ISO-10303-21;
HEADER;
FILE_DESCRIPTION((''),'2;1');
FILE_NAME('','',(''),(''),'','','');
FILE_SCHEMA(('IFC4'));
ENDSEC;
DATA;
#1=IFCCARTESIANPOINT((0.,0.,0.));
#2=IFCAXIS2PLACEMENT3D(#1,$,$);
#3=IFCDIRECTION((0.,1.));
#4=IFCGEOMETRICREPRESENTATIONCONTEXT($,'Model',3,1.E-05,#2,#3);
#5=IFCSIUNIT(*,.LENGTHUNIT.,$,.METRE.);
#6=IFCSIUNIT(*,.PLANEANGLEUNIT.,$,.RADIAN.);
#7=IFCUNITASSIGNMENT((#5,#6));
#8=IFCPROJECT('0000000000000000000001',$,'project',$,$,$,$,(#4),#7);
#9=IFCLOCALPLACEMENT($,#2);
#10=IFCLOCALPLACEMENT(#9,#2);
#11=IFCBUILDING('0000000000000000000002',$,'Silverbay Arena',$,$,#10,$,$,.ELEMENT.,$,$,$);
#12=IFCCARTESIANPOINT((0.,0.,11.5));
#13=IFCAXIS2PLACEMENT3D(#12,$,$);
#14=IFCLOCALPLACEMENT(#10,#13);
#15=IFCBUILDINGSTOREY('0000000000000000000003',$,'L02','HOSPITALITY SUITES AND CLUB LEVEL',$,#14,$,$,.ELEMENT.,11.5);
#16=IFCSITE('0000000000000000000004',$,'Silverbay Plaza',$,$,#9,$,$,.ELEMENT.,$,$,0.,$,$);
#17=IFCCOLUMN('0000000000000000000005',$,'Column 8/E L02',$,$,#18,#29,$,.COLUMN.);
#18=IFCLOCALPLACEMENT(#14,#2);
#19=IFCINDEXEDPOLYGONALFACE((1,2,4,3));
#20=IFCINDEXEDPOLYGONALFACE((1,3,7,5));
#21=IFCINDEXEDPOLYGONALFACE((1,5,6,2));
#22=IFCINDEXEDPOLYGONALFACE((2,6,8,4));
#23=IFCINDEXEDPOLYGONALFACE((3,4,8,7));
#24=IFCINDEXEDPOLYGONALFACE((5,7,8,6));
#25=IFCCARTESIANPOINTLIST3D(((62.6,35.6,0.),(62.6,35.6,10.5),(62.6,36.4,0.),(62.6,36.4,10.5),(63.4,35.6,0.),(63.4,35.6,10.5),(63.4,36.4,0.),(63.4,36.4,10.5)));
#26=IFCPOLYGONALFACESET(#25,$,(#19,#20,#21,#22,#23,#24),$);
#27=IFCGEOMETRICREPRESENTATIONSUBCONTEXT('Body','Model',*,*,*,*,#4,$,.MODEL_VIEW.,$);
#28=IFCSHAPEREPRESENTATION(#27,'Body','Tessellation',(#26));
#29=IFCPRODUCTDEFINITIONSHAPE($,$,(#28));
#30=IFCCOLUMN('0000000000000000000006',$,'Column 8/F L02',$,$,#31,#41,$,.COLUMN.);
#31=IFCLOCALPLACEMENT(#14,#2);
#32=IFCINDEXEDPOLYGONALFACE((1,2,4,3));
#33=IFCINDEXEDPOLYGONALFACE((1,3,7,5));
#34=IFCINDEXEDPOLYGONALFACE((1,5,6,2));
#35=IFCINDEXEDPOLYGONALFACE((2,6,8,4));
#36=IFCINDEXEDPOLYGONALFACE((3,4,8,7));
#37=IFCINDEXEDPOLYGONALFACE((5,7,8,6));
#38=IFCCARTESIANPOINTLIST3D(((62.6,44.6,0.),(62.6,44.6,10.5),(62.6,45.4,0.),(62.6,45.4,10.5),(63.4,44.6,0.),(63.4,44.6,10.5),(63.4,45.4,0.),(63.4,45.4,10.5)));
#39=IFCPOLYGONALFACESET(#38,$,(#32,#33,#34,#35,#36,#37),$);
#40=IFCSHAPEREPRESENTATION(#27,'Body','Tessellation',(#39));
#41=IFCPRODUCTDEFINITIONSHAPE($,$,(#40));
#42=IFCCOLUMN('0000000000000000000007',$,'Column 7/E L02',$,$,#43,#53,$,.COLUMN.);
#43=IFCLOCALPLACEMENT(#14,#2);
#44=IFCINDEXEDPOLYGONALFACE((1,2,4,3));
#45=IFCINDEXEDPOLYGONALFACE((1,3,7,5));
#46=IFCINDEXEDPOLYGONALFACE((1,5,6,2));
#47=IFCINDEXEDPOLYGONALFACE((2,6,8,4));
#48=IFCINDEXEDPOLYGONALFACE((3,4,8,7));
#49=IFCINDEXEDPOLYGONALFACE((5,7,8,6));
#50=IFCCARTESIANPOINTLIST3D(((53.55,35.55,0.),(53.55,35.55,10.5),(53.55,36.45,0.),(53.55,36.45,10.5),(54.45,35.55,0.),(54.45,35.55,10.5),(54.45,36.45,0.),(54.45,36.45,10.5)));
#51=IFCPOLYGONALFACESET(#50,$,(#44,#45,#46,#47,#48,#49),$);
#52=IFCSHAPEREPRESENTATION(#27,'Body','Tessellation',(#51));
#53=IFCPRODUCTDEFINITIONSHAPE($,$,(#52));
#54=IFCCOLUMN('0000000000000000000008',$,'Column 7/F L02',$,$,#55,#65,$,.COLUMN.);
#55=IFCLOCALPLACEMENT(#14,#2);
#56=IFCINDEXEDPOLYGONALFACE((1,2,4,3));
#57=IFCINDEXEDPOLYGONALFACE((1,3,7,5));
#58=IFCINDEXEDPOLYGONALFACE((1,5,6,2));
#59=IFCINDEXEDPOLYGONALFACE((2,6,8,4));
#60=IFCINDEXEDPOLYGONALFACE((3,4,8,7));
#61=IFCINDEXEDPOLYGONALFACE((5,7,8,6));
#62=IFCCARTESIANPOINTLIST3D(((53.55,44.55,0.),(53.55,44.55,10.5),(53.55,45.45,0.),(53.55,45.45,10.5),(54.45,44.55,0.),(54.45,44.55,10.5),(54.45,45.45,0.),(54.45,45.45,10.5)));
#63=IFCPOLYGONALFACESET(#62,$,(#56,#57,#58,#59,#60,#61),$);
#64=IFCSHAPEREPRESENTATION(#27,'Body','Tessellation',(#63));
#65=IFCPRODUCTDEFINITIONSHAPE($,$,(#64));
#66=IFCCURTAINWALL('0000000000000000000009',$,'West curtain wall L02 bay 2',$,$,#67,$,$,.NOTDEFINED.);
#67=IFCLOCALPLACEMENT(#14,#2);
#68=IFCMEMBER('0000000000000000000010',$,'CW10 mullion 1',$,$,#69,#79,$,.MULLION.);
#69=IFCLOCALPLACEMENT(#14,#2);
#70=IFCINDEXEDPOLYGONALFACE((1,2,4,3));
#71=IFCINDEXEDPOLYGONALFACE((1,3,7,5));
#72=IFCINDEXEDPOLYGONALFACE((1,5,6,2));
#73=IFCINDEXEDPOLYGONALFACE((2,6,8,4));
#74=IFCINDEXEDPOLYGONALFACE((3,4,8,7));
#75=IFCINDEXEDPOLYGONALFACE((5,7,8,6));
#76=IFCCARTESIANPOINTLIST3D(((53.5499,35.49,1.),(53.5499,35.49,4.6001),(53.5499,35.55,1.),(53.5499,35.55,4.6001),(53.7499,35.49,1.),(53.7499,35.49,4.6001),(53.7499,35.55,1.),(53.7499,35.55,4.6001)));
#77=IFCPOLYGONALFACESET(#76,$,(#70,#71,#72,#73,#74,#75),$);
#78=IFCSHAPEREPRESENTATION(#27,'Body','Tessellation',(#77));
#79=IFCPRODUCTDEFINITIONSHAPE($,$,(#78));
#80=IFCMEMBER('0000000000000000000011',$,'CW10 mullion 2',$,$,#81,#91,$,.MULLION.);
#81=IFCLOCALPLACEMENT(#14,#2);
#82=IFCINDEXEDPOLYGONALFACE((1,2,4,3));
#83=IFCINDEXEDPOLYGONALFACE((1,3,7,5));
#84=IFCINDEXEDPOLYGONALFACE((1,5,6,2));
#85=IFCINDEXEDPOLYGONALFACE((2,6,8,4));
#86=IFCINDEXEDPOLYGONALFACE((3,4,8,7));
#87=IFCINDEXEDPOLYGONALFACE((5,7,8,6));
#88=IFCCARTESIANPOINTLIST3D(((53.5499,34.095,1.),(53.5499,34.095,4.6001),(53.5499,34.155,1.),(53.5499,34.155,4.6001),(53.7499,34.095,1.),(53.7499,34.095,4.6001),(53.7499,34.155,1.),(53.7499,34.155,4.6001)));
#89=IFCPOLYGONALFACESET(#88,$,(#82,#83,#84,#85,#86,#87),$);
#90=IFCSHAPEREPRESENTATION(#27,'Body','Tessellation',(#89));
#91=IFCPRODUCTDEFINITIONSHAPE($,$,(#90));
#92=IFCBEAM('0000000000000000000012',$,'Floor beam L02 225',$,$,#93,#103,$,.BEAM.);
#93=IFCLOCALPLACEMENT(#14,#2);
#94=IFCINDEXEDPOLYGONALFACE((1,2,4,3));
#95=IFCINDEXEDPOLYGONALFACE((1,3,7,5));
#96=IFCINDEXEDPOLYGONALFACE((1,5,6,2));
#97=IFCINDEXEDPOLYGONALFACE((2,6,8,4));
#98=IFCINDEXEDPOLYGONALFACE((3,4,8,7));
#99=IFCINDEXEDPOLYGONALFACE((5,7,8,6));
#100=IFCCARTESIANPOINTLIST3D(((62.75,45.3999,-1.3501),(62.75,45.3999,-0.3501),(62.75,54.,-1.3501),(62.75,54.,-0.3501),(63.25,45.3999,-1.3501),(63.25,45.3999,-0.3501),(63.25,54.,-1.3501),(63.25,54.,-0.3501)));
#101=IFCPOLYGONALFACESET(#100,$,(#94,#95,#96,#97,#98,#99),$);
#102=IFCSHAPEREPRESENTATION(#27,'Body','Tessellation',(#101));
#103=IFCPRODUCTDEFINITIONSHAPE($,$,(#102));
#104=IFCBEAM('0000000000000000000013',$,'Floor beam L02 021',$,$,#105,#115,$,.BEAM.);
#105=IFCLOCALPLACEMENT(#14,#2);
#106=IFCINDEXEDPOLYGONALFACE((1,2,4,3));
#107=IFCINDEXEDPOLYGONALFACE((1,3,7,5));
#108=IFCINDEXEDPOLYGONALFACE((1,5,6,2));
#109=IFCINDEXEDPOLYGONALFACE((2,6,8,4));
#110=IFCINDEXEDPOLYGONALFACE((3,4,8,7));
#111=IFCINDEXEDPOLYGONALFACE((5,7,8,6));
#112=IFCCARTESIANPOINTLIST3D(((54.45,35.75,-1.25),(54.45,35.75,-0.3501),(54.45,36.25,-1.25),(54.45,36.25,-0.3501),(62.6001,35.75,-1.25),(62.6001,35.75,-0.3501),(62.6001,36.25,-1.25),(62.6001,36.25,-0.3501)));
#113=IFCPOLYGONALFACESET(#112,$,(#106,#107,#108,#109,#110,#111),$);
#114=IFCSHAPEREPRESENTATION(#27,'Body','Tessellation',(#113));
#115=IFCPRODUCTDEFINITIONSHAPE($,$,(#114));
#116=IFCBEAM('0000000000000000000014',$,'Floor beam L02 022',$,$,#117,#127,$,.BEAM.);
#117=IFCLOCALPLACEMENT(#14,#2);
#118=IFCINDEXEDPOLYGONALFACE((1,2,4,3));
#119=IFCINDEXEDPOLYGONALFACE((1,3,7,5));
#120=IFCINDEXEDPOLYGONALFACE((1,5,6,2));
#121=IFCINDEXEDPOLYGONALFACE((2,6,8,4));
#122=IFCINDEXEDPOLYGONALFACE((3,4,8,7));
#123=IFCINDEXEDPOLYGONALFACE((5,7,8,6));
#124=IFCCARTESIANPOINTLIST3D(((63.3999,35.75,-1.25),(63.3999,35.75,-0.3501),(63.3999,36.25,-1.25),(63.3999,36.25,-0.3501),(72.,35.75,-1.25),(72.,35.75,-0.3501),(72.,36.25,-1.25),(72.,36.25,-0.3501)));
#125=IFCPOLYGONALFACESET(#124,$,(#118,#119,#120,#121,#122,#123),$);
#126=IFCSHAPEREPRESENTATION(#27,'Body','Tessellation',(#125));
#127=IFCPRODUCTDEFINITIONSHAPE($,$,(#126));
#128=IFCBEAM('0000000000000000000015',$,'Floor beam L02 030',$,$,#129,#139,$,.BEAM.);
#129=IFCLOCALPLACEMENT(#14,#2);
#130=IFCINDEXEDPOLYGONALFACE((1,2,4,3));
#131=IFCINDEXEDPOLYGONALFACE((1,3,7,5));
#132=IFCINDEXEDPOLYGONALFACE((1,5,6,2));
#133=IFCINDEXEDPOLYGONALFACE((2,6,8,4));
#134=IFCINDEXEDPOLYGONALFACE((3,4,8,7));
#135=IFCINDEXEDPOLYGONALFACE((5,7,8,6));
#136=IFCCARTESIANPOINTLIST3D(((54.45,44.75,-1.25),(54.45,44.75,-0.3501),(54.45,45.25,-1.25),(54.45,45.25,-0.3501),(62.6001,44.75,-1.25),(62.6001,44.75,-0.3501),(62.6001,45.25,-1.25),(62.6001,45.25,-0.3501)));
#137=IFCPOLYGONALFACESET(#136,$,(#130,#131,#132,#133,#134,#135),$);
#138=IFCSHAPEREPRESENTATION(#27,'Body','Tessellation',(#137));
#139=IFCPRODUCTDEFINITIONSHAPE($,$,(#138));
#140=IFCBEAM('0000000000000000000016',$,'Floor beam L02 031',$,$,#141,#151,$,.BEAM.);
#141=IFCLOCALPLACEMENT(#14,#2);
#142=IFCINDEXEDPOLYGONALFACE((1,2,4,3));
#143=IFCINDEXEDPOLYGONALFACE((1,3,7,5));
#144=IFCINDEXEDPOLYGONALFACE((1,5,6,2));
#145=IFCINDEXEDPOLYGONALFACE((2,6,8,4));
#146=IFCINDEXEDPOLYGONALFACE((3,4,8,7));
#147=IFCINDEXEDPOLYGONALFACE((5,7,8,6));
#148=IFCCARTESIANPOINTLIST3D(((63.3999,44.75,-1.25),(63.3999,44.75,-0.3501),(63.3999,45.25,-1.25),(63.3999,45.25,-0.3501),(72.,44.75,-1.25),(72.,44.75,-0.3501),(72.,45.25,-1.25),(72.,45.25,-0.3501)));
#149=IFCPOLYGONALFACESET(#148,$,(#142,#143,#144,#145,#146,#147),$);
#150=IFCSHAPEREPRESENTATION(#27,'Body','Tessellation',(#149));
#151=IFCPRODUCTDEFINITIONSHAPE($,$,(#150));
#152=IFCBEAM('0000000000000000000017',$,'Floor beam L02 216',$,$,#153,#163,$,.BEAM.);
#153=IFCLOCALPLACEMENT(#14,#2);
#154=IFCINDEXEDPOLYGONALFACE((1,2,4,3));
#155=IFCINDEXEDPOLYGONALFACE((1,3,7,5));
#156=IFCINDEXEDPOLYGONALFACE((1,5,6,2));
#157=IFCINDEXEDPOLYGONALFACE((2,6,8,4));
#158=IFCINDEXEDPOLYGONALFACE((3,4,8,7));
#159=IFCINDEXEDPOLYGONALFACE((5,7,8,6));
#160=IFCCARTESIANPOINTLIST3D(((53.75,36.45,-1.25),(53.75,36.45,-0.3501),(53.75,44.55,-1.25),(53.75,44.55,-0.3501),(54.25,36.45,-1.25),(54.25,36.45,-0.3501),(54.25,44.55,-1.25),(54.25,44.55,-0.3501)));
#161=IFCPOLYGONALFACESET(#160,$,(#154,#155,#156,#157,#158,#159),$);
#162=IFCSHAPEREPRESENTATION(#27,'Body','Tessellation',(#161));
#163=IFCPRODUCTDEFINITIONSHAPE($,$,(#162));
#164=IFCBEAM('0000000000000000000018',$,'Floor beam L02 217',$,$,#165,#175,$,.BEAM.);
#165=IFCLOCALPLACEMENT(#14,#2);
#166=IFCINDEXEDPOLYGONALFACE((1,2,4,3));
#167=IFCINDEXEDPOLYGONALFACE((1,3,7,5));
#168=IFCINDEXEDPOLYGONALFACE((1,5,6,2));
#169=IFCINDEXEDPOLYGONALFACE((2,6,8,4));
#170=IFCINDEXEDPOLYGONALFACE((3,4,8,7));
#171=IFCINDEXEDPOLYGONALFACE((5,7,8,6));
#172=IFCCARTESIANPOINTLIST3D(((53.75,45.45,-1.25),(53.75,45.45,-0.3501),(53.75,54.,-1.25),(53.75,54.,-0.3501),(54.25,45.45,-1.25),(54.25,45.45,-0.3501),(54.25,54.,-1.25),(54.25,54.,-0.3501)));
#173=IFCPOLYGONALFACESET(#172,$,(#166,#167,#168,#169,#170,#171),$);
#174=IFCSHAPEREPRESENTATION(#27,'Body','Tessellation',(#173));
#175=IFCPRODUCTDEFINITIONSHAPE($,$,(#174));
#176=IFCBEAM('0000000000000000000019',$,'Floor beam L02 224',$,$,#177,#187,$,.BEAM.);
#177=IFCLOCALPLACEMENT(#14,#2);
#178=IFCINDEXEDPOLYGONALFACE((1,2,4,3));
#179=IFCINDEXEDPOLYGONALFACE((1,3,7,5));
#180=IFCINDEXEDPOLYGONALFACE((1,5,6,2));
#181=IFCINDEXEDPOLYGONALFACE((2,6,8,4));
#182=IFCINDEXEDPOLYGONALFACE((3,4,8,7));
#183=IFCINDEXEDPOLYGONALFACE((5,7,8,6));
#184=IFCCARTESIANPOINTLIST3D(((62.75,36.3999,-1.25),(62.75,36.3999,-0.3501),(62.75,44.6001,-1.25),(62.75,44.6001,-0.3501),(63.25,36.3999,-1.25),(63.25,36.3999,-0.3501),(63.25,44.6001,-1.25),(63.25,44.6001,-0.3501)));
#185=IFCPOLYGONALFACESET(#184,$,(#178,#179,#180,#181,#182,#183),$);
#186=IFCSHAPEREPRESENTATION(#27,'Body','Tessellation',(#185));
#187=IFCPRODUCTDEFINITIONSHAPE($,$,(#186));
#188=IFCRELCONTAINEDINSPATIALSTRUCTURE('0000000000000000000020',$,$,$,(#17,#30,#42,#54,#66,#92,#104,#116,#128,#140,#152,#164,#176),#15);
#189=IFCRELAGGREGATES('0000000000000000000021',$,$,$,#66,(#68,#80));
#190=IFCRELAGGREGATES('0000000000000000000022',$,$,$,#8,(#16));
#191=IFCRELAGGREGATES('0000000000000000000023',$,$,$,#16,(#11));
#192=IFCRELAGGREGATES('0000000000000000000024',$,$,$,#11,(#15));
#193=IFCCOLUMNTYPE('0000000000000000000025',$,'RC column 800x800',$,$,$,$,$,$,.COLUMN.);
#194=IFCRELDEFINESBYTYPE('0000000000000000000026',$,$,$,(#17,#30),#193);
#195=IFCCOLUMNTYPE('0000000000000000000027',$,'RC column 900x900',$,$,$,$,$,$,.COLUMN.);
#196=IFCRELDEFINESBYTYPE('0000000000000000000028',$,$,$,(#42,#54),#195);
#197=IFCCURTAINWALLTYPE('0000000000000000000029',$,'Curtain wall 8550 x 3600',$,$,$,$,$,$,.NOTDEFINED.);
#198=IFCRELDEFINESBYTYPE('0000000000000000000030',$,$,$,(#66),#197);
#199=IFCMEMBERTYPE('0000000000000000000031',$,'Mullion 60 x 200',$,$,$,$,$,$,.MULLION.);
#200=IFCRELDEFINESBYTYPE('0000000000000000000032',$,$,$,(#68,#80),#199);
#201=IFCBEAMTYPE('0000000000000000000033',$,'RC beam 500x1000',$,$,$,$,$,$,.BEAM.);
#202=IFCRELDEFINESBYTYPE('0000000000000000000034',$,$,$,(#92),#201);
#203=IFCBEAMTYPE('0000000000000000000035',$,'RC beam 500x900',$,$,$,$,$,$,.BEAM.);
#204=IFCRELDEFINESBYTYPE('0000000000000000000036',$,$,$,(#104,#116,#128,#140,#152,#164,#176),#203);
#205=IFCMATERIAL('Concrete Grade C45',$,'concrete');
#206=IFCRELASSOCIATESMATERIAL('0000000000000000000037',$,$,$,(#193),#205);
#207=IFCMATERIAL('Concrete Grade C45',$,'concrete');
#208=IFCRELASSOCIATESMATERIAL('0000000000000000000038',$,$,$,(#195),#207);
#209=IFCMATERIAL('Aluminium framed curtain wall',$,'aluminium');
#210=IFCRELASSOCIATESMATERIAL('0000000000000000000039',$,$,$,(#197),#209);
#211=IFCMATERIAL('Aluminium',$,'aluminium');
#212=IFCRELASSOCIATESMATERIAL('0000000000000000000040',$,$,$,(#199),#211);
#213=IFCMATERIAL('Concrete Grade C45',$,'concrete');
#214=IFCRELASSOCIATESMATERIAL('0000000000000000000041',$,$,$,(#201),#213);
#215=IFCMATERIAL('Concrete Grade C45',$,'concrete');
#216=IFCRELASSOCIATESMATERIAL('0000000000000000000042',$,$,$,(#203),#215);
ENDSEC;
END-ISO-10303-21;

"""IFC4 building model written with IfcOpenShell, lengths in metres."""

from ifc_helpers import new_model, si_unit, direction, frame, origin, origin_2d, place, context, subcontext, project, spatial, rectangle, extrude, material, material_profile, profile_set, type_object, element, aggregate, save


model = new_model("IFC4")

# Units and contexts
model_context = context("Model", 3, precision=1e-05, world=origin(), true_north=direction((0.0, 1.0)))
body_context = subcontext(model_context, "Body", "Model", "MODEL_VIEW")
ifc_project = project(units=[si_unit("LENGTHUNIT", "METRE"), si_unit("PLANEANGLEUNIT", "RADIAN")], contexts=[model_context])

# Site, building, storey
site_placement = place(None, origin())
site = spatial("IfcSite", under=ifc_project, at=site_placement, Name="Silverbay Plaza", CompositionType="ELEMENT", RefElevation=0.0)
building_placement = place(site_placement, origin())
building = spatial("IfcBuilding", under=site, at=building_placement, Name="Silverbay Arena", CompositionType="ELEMENT")
storey_placement = place(building_placement, frame((0.0, 0.0, 11.5)))
storey = spatial("IfcBuildingStorey", under=building, at=storey_placement, Name="L02", Description="HOSPITALITY SUITES AND CLUB LEVEL", CompositionType="ELEMENT", Elevation=11.5)

# Columns
ifc_material_1 = material(Name="Concrete Grade C45", Category="concrete")
ifc_material_profile_1 = material_profile(ifc_material_1, rectangle(XDim=0.8, YDim=0.8, at=origin_2d()), Name="RC 800x800")
ifc_profile_set_1 = profile_set([ifc_material_profile_1], Name="Concrete Grade C45")
column_type_1 = type_object("IfcColumnType", Name="RC column 800x800", PredefinedType="COLUMN", material=ifc_profile_set_1)
for number, where, z_axis, x_axis, name in (
    (1, (63.0, 36.0, 0.0), (0.0, 0.0, 1.0), (1.0, 0.0, 0.0), "Column 8/E L02"),
    (2, (63.0, 45.0, 0.0), (0.0, 0.0, 1.0), (1.0, 0.0, 0.0), "Column 8/F L02"),
):
    element("IfcColumn", number, at=place(storey_placement, frame(where, z_axis=z_axis, x_axis=x_axis)), inside=storey, type_object=column_type_1, Name=name, PredefinedType="COLUMN", context=body_context, shape_type="SweptSolid", body=[
        extrude(rectangle(XDim=0.8, YDim=0.8, at=origin_2d()), origin(), (0.0, 0.0, 1.0), 10.5),
    ])
ifc_material_2 = material(Name="Concrete Grade C45", Category="concrete")
ifc_material_profile_2 = material_profile(ifc_material_2, rectangle(XDim=0.8999, YDim=0.8999, at=origin_2d()), Name="RC 900x900")
ifc_profile_set_2 = profile_set([ifc_material_profile_2], Name="Concrete Grade C45")
column_type_2 = type_object("IfcColumnType", Name="RC column 900x900", PredefinedType="COLUMN", material=ifc_profile_set_2)
for number, where, z_axis, x_axis, name in (
    (3, (54.0, 36.0, 0.0), (0.0, 0.0, 1.0), (1.0, 0.0, 0.0), "Column 7/E L02"),
    (4, (54.0, 45.0, 0.0), (0.0, 0.0, 1.0), (1.0, 0.0, 0.0), "Column 7/F L02"),
):
    element("IfcColumn", number, at=place(storey_placement, frame(where, z_axis=z_axis, x_axis=x_axis)), inside=storey, type_object=column_type_2, Name=name, PredefinedType="COLUMN", context=body_context, shape_type="SweptSolid", body=[
        extrude(rectangle(XDim=0.8999, YDim=0.8999, at=origin_2d()), origin(), (0.0, 0.0, 1.0), 10.5),
    ])

# Curtain wall, members
ifc_material_3 = material(Name="Aluminium framed curtain wall", Category="aluminium")
curtain_wall_type = type_object("IfcCurtainWallType", Name="Curtain wall 8550 x 3600", PredefinedType="NOTDEFINED", material=ifc_material_3)
curtain_wall_placement = place(storey_placement, origin())
curtain_wall = element("IfcCurtainWall", 5, at=curtain_wall_placement, inside=storey, type_object=curtain_wall_type, Name="West curtain wall L02 bay 2", PredefinedType="NOTDEFINED")
ifc_material_4 = material(Name="Aluminium", Category="aluminium")
ifc_material_profile_3 = material_profile(ifc_material_4, rectangle(XDim=0.2, YDim=0.0601, at=origin_2d()), Name="Mullion 60 x 200")
ifc_profile_set_3 = profile_set([ifc_material_profile_3], Name="Aluminium")
member_type_1 = type_object("IfcMemberType", Name="Mullion 60 x 200", PredefinedType="MULLION", material=ifc_profile_set_3)
member_1_placement = place(storey_placement, frame((53.6499, 35.52, 1.0), z_axis=(0.0, 0.0, 1.0), x_axis=(1.0, 0.0, 0.0)))
member_1 = element("IfcMember", 6, at=member_1_placement, type_object=member_type_1, Name="CW10 mullion 1", PredefinedType="MULLION", context=body_context, shape_type="SweptSolid", body=[
    extrude(rectangle(XDim=0.2, YDim=0.0601, at=origin_2d()), origin(), (0.0, 0.0, 1.0), 3.6001),
])
member_2_placement = place(storey_placement, frame((53.6499, 34.125, 1.0), z_axis=(0.0, 0.0, 1.0), x_axis=(1.0, 0.0, 0.0)))
member_2 = element("IfcMember", 7, at=member_2_placement, type_object=member_type_1, Name="CW10 mullion 2", PredefinedType="MULLION", context=body_context, shape_type="SweptSolid", body=[
    extrude(rectangle(XDim=0.2, YDim=0.0601, at=origin_2d()), origin(), (0.0, 0.0, 1.0), 3.6001),
])

# Beams
ifc_material_5 = material(Name="Concrete Grade C45", Category="concrete")
ifc_material_profile_4 = material_profile(ifc_material_5, rectangle(XDim=0.5, YDim=1.0, at=origin_2d()), Name="RC 500x1000")
ifc_profile_set_4 = profile_set([ifc_material_profile_4], Name="Concrete Grade C45")
beam_type_1 = type_object("IfcBeamType", Name="RC beam 500x1000", PredefinedType="BEAM", material=ifc_profile_set_4)
beam_1_placement = place(storey_placement, frame((63.0, 45.3999, -0.8501), z_axis=(0.0, 1.0, 0.0), x_axis=(-1.0, 0.0, 0.0)))
element("IfcBeam", 8, at=beam_1_placement, inside=storey, type_object=beam_type_1, Name="Floor beam L02 225", PredefinedType="BEAM", context=body_context, shape_type="SweptSolid", body=[
    extrude(rectangle(XDim=0.5, YDim=1.0, at=origin_2d()), origin(), (0.0, 0.0, 1.0), 8.6001),
])
ifc_material_6 = material(Name="Concrete Grade C45", Category="concrete")
ifc_material_profile_5 = material_profile(ifc_material_6, rectangle(XDim=0.5, YDim=0.8999, at=origin_2d()), Name="RC 500x900")
ifc_profile_set_5 = profile_set([ifc_material_profile_5], Name="Concrete Grade C45")
beam_type_2 = type_object("IfcBeamType", Name="RC beam 500x900", PredefinedType="BEAM", material=ifc_profile_set_5)
beam_2_placement = place(storey_placement, frame((54.45, 36.0, -0.8), z_axis=(1.0, 0.0, 0.0), x_axis=(0.0, 1.0, 0.0)))
element("IfcBeam", 9, at=beam_2_placement, inside=storey, type_object=beam_type_2, Name="Floor beam L02 021", PredefinedType="BEAM", context=body_context, shape_type="SweptSolid", body=[
    extrude(rectangle(XDim=0.5, YDim=0.8999, at=origin_2d()), origin(), (0.0, 0.0, 1.0), 8.1501),
])
beam_3_placement = place(storey_placement, frame((63.3999, 36.0, -0.8), z_axis=(1.0, 0.0, 0.0), x_axis=(0.0, 1.0, 0.0)))
element("IfcBeam", 10, at=beam_3_placement, inside=storey, type_object=beam_type_2, Name="Floor beam L02 022", PredefinedType="BEAM", context=body_context, shape_type="SweptSolid", body=[
    extrude(rectangle(XDim=0.5, YDim=0.8999, at=origin_2d()), origin(), (0.0, 0.0, 1.0), 8.6001),
])
beam_4_placement = place(storey_placement, frame((54.45, 45.0, -0.8), z_axis=(1.0, 0.0, 0.0), x_axis=(0.0, 1.0, 0.0)))
element("IfcBeam", 11, at=beam_4_placement, inside=storey, type_object=beam_type_2, Name="Floor beam L02 030", PredefinedType="BEAM", context=body_context, shape_type="SweptSolid", body=[
    extrude(rectangle(XDim=0.5, YDim=0.8999, at=origin_2d()), origin(), (0.0, 0.0, 1.0), 8.1501),
])
beam_5_placement = place(storey_placement, frame((63.3999, 45.0, -0.8), z_axis=(1.0, 0.0, 0.0), x_axis=(0.0, 1.0, 0.0)))
element("IfcBeam", 12, at=beam_5_placement, inside=storey, type_object=beam_type_2, Name="Floor beam L02 031", PredefinedType="BEAM", context=body_context, shape_type="SweptSolid", body=[
    extrude(rectangle(XDim=0.5, YDim=0.8999, at=origin_2d()), origin(), (0.0, 0.0, 1.0), 8.6001),
])
beam_6_placement = place(storey_placement, frame((54.0, 36.45, -0.8), z_axis=(0.0, 1.0, 0.0), x_axis=(-1.0, 0.0, 0.0)))
element("IfcBeam", 13, at=beam_6_placement, inside=storey, type_object=beam_type_2, Name="Floor beam L02 216", PredefinedType="BEAM", context=body_context, shape_type="SweptSolid", body=[
    extrude(rectangle(XDim=0.5, YDim=0.8999, at=origin_2d()), origin(), (0.0, 0.0, 1.0), 8.1001),
])
beam_7_placement = place(storey_placement, frame((54.0, 45.45, -0.8), z_axis=(0.0, 1.0, 0.0), x_axis=(-1.0, 0.0, 0.0)))
element("IfcBeam", 14, at=beam_7_placement, inside=storey, type_object=beam_type_2, Name="Floor beam L02 217", PredefinedType="BEAM", context=body_context, shape_type="SweptSolid", body=[
    extrude(rectangle(XDim=0.5, YDim=0.8999, at=origin_2d()), origin(), (0.0, 0.0, 1.0), 8.55),
])
beam_8_placement = place(storey_placement, frame((63.0, 36.3999, -0.8), z_axis=(0.0, 1.0, 0.0), x_axis=(-1.0, 0.0, 0.0)))
element("IfcBeam", 15, at=beam_8_placement, inside=storey, type_object=beam_type_2, Name="Floor beam L02 224", PredefinedType="BEAM", context=body_context, shape_type="SweptSolid", body=[
    extrude(rectangle(XDim=0.5, YDim=0.8999, at=origin_2d()), origin(), (0.0, 0.0, 1.0), 8.2002),
])

aggregate(curtain_wall, [member_1, member_2])

save(model, "model.ifc")
